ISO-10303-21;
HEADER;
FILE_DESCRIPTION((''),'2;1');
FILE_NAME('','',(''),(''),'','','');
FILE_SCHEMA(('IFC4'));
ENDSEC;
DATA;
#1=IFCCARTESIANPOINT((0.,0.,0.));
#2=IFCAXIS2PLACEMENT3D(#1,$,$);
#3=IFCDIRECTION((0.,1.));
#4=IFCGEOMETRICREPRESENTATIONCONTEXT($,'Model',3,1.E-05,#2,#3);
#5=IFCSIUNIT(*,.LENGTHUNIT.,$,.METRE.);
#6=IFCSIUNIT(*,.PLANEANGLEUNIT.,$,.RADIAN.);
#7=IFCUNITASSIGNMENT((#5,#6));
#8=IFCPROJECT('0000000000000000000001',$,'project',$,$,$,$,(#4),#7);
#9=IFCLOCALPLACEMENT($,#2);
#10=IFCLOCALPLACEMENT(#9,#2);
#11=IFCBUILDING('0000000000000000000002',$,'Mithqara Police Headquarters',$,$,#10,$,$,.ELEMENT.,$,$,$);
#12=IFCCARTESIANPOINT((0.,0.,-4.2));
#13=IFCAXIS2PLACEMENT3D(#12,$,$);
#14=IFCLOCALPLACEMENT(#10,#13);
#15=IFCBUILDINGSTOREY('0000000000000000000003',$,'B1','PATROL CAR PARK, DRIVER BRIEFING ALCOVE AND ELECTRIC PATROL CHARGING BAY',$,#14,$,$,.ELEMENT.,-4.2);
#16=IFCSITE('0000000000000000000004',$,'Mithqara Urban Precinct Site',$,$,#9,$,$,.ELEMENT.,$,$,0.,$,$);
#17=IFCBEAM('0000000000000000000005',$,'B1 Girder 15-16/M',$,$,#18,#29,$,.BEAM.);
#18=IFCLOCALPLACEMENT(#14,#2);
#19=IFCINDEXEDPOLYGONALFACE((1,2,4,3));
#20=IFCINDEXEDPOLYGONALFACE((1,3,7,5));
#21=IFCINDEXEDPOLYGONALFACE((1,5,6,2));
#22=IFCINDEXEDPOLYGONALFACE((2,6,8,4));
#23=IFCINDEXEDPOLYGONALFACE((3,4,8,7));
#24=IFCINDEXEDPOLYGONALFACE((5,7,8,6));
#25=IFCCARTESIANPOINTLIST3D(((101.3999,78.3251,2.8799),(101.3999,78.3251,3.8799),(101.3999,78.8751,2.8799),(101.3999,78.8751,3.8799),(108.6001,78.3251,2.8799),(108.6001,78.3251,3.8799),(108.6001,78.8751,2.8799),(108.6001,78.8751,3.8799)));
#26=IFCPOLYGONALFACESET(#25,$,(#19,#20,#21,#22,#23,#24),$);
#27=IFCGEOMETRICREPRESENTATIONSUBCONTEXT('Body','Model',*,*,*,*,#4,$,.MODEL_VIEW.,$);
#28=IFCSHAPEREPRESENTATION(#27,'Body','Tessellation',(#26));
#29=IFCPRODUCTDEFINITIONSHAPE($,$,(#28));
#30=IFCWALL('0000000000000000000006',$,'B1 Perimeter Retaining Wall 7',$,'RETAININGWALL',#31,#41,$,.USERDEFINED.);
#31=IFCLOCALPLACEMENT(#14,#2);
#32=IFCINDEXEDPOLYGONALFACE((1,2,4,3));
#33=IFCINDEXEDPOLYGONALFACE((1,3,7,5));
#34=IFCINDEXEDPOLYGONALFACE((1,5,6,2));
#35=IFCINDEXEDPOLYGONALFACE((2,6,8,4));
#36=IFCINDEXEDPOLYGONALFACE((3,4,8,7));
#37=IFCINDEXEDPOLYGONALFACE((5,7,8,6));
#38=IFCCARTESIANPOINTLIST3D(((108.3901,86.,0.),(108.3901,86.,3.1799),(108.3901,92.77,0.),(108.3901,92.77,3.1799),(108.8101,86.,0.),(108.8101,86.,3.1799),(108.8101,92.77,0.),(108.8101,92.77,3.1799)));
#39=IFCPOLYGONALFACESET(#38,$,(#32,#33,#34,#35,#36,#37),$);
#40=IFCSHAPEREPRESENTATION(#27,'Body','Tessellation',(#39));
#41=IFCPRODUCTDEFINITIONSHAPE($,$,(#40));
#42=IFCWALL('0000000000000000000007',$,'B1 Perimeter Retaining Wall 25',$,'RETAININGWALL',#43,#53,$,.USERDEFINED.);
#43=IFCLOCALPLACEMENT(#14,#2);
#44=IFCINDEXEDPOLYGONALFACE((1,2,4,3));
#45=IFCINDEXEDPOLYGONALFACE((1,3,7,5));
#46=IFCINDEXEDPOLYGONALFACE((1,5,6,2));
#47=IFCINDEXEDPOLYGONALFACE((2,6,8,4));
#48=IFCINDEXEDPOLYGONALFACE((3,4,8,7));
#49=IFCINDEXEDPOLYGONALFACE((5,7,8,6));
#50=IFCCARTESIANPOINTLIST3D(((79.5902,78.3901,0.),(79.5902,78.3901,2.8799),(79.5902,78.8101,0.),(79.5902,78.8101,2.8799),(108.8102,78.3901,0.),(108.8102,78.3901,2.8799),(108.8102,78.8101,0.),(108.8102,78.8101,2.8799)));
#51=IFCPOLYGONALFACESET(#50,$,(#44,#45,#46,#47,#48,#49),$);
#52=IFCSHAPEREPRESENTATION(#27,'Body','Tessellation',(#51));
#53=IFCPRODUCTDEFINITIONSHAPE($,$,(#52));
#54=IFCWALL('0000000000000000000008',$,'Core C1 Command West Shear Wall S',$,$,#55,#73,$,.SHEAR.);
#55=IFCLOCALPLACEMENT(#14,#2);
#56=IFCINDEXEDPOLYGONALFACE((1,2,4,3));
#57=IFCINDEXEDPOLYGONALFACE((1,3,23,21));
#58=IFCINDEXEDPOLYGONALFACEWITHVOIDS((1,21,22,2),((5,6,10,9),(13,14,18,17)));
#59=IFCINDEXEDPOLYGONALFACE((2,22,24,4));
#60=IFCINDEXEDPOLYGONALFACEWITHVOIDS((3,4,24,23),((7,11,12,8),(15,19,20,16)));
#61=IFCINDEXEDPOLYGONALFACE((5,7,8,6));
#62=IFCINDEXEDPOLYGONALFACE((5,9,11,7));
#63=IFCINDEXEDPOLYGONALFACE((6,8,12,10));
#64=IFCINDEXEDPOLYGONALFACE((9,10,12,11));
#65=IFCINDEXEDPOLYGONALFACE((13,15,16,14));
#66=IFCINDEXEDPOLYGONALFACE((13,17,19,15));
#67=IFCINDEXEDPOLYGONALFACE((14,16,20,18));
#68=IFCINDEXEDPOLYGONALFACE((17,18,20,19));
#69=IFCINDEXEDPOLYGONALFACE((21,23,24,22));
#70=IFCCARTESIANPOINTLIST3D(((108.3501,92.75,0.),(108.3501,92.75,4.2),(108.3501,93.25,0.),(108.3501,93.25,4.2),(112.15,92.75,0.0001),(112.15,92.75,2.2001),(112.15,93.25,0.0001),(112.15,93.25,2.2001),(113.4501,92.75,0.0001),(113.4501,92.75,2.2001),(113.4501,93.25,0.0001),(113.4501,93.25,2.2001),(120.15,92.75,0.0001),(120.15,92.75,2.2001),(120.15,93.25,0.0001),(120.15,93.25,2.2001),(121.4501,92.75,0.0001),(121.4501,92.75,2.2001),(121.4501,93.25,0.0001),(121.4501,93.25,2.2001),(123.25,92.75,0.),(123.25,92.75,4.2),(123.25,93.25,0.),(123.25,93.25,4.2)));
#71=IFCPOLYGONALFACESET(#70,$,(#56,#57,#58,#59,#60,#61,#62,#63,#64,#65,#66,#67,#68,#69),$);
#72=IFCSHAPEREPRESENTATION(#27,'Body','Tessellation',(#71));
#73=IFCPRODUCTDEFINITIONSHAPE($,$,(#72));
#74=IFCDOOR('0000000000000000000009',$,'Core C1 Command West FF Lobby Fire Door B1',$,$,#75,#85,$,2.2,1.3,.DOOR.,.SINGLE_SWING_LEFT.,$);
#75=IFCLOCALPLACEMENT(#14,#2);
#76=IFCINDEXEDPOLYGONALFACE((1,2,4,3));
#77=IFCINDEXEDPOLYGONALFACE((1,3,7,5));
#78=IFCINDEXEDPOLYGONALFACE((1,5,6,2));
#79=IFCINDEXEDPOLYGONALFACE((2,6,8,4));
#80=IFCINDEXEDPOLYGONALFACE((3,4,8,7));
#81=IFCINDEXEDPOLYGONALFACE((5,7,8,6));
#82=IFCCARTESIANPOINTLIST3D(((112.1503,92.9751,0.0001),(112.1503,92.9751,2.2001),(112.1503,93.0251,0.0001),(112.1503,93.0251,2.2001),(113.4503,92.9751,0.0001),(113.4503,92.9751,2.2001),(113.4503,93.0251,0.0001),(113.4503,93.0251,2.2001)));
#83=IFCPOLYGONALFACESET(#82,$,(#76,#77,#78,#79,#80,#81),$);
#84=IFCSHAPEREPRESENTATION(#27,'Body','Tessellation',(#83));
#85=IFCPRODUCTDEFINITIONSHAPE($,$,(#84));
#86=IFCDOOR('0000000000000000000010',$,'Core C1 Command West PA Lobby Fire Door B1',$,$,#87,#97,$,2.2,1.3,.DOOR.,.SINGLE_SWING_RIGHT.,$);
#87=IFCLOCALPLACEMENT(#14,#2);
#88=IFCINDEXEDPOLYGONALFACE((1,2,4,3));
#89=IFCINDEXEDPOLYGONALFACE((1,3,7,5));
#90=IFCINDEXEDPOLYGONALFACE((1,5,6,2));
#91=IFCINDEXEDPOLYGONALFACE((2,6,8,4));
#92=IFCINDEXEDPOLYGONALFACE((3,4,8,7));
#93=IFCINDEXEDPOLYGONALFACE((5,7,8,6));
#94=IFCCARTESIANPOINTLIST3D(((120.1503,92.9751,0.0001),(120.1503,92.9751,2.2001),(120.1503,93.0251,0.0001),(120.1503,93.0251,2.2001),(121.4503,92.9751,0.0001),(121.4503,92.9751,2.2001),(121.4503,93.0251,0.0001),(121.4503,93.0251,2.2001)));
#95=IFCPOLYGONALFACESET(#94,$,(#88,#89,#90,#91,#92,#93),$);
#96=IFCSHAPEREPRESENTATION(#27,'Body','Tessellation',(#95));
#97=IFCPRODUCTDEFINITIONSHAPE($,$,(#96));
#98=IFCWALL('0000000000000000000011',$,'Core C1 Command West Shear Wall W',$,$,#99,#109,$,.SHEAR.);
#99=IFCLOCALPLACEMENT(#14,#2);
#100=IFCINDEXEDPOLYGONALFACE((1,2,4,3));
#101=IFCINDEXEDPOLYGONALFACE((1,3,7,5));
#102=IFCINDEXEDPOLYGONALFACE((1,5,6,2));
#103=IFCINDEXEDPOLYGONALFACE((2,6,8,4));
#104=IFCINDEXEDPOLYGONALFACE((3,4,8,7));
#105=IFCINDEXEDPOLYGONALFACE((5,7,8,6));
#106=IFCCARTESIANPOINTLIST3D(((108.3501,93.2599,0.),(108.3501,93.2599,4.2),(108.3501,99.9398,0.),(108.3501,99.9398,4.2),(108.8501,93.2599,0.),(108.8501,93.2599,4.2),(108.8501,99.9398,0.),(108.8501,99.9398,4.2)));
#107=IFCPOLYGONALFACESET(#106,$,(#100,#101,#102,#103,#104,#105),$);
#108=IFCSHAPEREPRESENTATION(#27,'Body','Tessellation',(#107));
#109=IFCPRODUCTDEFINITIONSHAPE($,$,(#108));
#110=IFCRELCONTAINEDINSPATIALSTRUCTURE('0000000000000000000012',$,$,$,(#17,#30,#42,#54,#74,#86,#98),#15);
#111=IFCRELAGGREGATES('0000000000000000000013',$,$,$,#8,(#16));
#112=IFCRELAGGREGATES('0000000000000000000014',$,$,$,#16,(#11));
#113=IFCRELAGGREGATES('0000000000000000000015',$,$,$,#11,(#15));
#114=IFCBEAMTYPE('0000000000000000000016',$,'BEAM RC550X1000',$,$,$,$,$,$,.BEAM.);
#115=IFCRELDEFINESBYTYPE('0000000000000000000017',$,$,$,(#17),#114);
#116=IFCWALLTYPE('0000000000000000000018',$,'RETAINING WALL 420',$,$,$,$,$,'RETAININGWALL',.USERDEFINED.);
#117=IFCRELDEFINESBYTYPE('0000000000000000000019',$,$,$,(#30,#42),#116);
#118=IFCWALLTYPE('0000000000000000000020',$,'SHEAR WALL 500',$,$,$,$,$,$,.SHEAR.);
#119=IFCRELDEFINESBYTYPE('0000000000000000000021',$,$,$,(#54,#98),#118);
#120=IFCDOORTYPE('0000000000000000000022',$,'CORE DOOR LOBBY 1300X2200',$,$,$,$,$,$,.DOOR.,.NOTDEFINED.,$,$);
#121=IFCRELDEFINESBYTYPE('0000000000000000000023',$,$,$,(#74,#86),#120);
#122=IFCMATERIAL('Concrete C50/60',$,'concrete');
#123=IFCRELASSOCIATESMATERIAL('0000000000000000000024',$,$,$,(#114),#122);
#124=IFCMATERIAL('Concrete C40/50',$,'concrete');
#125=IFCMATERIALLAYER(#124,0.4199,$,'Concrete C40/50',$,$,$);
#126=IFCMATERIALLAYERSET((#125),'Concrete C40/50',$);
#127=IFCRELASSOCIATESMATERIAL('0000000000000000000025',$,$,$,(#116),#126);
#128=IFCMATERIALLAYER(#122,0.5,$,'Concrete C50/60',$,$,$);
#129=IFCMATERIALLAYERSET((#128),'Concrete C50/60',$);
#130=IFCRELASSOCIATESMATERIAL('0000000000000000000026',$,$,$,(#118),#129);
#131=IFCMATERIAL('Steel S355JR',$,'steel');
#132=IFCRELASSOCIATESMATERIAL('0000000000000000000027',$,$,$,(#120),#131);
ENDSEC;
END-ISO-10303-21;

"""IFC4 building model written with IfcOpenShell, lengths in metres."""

from ifc_helpers import new_model, si_unit, direction, frame, frame_2d, origin, origin_2d, place, context, subcontext, project, spatial, rectangle, extrude, material, layer, layer_set, material_profile, profile_set, type_object, element, fill, save


model = new_model("IFC4")

# Units and contexts
model_context = context("Model", 3, precision=1e-05, world=origin(), true_north=direction((0.0, 1.0)))
body_context = subcontext(model_context, "Body", "Model", "MODEL_VIEW")
ifc_project = project(units=[si_unit("LENGTHUNIT", "METRE"), si_unit("PLANEANGLEUNIT", "RADIAN")], contexts=[model_context])

# Site, building, storey
site_placement = place(None, origin())
site = spatial("IfcSite", under=ifc_project, at=site_placement, Name="Mithqara Urban Precinct Site", CompositionType="ELEMENT", RefElevation=0.0)
building_placement = place(site_placement, origin())
building = spatial("IfcBuilding", under=site, at=building_placement, Name="Mithqara Police Headquarters", CompositionType="ELEMENT")
storey_placement = place(building_placement, frame((0.0, 0.0, -4.2)))
storey = spatial("IfcBuildingStorey", under=building, at=storey_placement, Name="B1", Description="PATROL CAR PARK, DRIVER BRIEFING ALCOVE AND ELECTRIC PATROL CHARGING BAY", CompositionType="ELEMENT", Elevation=-4.2)

# Shared definitions
ifc_material_1 = material(Name="Concrete C50/60", Category="concrete")

# Beam
ifc_material_2 = material(Name="Steel S355JR", Category="steel")
ifc_material_3 = material(Name="Concrete C40/50", Category="concrete")
ifc_material_profile_1 = material_profile(ifc_material_1, rectangle(XDim=0.55, YDim=1.0, at=origin_2d()), Name="RC 550x1000")
ifc_profile_set_1 = profile_set([ifc_material_profile_1], Name="Concrete C50/60")
beam_type_1 = type_object("IfcBeamType", Name="BEAM RC550X1000", PredefinedType="BEAM", material=ifc_profile_set_1)
beam_1_placement = place(storey_placement, frame((101.3999, 78.6001, 3.3799), z_axis=(1.0, 0.0, 0.0), x_axis=(0.0, 1.0, 0.0)))
element("IfcBeam", 1, at=beam_1_placement, inside=storey, type_object=beam_type_1, Name="B1 Girder 15-16/M", PredefinedType="BEAM", context=body_context, shape_type="SweptSolid", body=[
    extrude(rectangle(XDim=0.55, YDim=1.0, at=origin_2d()), origin(), (0.0, 0.0, 1.0), 7.2002),
])

# Walls
ifc_layer_1 = layer(ifc_material_3, 0.4199, Name="Concrete C40/50")
ifc_layer_set_1 = layer_set([ifc_layer_1], Name="Concrete C40/50")
wall_type_1 = type_object("IfcWallType", Name="RETAINING WALL 420", ElementType="RETAININGWALL", PredefinedType="USERDEFINED", material=ifc_layer_set_1)
wall_1_placement = place(storey_placement, frame((108.6001, 86.0, 0.0), z_axis=(0.0, 0.0, 1.0), x_axis=(0.0, 1.0, 0.0)))
element("IfcWall", 2, at=wall_1_placement, inside=storey, type_object=wall_type_1, Name="B1 Perimeter Retaining Wall 7", ObjectType="RETAININGWALL", PredefinedType="USERDEFINED", context=body_context, shape_type="SweptSolid", body=[
    extrude(rectangle(XDim=6.77, YDim=0.4199, at=frame_2d((3.385, 0.0))), origin(), (0.0, 0.0, 1.0), 3.1799),
])
wall_2_placement = place(storey_placement, frame((108.8101, 78.6001, 0.0), z_axis=(0.0, 0.0, 1.0), x_axis=(-1.0, 0.0, 0.0)))
element("IfcWall", 3, at=wall_2_placement, inside=storey, type_object=wall_type_1, Name="B1 Perimeter Retaining Wall 25", ObjectType="RETAININGWALL", PredefinedType="USERDEFINED", context=body_context, shape_type="SweptSolid", body=[
    extrude(rectangle(XDim=29.22, YDim=0.4199, at=frame_2d((14.6099, 0.0))), origin(), (0.0, 0.0, 1.0), 2.8799),
])

# Wall, openings, doors
ifc_layer_2 = layer(ifc_material_1, 0.5, Name="Concrete C50/60")
ifc_layer_set_2 = layer_set([ifc_layer_2], Name="Concrete C50/60")
wall_type_2 = type_object("IfcWallType", Name="SHEAR WALL 500", PredefinedType="SHEAR", material=ifc_layer_set_2)
wall_3_placement = place(storey_placement, frame((108.3501, 93.0, 0.0), z_axis=(0.0, 0.0, 1.0), x_axis=(1.0, 0.0, 0.0)))
wall_3 = element("IfcWall", 4, at=wall_3_placement, inside=storey, type_object=wall_type_2, Name="Core C1 Command West Shear Wall S", PredefinedType="SHEAR", context=body_context, shape_type="SweptSolid", body=[
    extrude(rectangle(XDim=14.8999, YDim=0.5, at=frame_2d((7.45, 0.0))), origin(), (0.0, 0.0, 1.0), 4.2),
])
opening_1_placement = place(wall_3_placement, frame((3.8, 0.0, 0.0)))
opening_1 = element("IfcOpeningElement", 5, at=opening_1_placement, cuts=wall_3, PredefinedType="OPENING", context=body_context, shape_type="SweptSolid", body=[
    extrude(rectangle(XDim=1.3, YDim=2.2, at=frame_2d((0.6499, 1.1001))), frame((0.0, 0.26, 0.0), z_axis=(0.0, -1.0, 0.0), x_axis=(1.0, 0.0, 0.0)), (0.0, 0.0, 1.0), 0.52),
])
opening_2_placement = place(wall_3_placement, frame((11.8, 0.0, 0.0)))
opening_2 = element("IfcOpeningElement", 6, at=opening_2_placement, cuts=wall_3, PredefinedType="OPENING", context=body_context, shape_type="SweptSolid", body=[
    extrude(rectangle(XDim=1.3, YDim=2.2, at=frame_2d((0.6499, 1.1001))), frame((0.0, 0.26, 0.0), z_axis=(0.0, -1.0, 0.0), x_axis=(1.0, 0.0, 0.0)), (0.0, 0.0, 1.0), 0.52),
])
door_type = type_object("IfcDoorType", Name="CORE DOOR LOBBY 1300X2200", OperationType="NOTDEFINED", PredefinedType="DOOR", material=ifc_material_2)
door_1_placement = place(opening_1_placement, frame((1.3, 0.0, 0.0), z_axis=(0.0, 0.0, 1.0), x_axis=(-1.0, 0.0, 0.0)))
door_1 = element("IfcDoor", 7, at=door_1_placement, inside=storey, type_object=door_type, Name="Core C1 Command West FF Lobby Fire Door B1", OperationType="SINGLE_SWING_LEFT", OverallHeight=2.2, OverallWidth=1.3, PredefinedType="DOOR", context=body_context, shape_type="SweptSolid", body=[
    extrude(rectangle(XDim=1.3, YDim=2.2, at=frame_2d((0.6499, 1.1001))), frame((0.0, 0.0249, 0.0), z_axis=(0.0, -1.0, 0.0), x_axis=(1.0, 0.0, 0.0)), (0.0, 0.0, 1.0), 0.05),
])
fill(opening_1, door_1)
door_2_placement = place(opening_2_placement, frame((1.3, 0.0, 0.0), z_axis=(0.0, 0.0, 1.0), x_axis=(-1.0, 0.0, 0.0)))
door_2 = element("IfcDoor", 8, at=door_2_placement, inside=storey, type_object=door_type, Name="Core C1 Command West PA Lobby Fire Door B1", OperationType="SINGLE_SWING_RIGHT", OverallHeight=2.2, OverallWidth=1.3, PredefinedType="DOOR", context=body_context, shape_type="SweptSolid", body=[
    extrude(rectangle(XDim=1.3, YDim=2.2, at=frame_2d((0.6499, 1.1001))), frame((0.0, 0.0249, 0.0), z_axis=(0.0, -1.0, 0.0), x_axis=(1.0, 0.0, 0.0)), (0.0, 0.0, 1.0), 0.05),
])
fill(opening_2, door_2)

# Wall
wall_4_placement = place(storey_placement, frame((108.6001, 93.26, 0.0), z_axis=(0.0, 0.0, 1.0), x_axis=(0.0, 1.0, 0.0)))
element("IfcWall", 9, at=wall_4_placement, inside=storey, type_object=wall_type_2, Name="Core C1 Command West Shear Wall W", PredefinedType="SHEAR", context=body_context, shape_type="SweptSolid", body=[
    extrude(rectangle(XDim=6.6799, YDim=0.5, at=frame_2d((3.3398, 0.0))), origin(), (0.0, 0.0, 1.0), 4.2),
])

save(model, "model.ifc")
